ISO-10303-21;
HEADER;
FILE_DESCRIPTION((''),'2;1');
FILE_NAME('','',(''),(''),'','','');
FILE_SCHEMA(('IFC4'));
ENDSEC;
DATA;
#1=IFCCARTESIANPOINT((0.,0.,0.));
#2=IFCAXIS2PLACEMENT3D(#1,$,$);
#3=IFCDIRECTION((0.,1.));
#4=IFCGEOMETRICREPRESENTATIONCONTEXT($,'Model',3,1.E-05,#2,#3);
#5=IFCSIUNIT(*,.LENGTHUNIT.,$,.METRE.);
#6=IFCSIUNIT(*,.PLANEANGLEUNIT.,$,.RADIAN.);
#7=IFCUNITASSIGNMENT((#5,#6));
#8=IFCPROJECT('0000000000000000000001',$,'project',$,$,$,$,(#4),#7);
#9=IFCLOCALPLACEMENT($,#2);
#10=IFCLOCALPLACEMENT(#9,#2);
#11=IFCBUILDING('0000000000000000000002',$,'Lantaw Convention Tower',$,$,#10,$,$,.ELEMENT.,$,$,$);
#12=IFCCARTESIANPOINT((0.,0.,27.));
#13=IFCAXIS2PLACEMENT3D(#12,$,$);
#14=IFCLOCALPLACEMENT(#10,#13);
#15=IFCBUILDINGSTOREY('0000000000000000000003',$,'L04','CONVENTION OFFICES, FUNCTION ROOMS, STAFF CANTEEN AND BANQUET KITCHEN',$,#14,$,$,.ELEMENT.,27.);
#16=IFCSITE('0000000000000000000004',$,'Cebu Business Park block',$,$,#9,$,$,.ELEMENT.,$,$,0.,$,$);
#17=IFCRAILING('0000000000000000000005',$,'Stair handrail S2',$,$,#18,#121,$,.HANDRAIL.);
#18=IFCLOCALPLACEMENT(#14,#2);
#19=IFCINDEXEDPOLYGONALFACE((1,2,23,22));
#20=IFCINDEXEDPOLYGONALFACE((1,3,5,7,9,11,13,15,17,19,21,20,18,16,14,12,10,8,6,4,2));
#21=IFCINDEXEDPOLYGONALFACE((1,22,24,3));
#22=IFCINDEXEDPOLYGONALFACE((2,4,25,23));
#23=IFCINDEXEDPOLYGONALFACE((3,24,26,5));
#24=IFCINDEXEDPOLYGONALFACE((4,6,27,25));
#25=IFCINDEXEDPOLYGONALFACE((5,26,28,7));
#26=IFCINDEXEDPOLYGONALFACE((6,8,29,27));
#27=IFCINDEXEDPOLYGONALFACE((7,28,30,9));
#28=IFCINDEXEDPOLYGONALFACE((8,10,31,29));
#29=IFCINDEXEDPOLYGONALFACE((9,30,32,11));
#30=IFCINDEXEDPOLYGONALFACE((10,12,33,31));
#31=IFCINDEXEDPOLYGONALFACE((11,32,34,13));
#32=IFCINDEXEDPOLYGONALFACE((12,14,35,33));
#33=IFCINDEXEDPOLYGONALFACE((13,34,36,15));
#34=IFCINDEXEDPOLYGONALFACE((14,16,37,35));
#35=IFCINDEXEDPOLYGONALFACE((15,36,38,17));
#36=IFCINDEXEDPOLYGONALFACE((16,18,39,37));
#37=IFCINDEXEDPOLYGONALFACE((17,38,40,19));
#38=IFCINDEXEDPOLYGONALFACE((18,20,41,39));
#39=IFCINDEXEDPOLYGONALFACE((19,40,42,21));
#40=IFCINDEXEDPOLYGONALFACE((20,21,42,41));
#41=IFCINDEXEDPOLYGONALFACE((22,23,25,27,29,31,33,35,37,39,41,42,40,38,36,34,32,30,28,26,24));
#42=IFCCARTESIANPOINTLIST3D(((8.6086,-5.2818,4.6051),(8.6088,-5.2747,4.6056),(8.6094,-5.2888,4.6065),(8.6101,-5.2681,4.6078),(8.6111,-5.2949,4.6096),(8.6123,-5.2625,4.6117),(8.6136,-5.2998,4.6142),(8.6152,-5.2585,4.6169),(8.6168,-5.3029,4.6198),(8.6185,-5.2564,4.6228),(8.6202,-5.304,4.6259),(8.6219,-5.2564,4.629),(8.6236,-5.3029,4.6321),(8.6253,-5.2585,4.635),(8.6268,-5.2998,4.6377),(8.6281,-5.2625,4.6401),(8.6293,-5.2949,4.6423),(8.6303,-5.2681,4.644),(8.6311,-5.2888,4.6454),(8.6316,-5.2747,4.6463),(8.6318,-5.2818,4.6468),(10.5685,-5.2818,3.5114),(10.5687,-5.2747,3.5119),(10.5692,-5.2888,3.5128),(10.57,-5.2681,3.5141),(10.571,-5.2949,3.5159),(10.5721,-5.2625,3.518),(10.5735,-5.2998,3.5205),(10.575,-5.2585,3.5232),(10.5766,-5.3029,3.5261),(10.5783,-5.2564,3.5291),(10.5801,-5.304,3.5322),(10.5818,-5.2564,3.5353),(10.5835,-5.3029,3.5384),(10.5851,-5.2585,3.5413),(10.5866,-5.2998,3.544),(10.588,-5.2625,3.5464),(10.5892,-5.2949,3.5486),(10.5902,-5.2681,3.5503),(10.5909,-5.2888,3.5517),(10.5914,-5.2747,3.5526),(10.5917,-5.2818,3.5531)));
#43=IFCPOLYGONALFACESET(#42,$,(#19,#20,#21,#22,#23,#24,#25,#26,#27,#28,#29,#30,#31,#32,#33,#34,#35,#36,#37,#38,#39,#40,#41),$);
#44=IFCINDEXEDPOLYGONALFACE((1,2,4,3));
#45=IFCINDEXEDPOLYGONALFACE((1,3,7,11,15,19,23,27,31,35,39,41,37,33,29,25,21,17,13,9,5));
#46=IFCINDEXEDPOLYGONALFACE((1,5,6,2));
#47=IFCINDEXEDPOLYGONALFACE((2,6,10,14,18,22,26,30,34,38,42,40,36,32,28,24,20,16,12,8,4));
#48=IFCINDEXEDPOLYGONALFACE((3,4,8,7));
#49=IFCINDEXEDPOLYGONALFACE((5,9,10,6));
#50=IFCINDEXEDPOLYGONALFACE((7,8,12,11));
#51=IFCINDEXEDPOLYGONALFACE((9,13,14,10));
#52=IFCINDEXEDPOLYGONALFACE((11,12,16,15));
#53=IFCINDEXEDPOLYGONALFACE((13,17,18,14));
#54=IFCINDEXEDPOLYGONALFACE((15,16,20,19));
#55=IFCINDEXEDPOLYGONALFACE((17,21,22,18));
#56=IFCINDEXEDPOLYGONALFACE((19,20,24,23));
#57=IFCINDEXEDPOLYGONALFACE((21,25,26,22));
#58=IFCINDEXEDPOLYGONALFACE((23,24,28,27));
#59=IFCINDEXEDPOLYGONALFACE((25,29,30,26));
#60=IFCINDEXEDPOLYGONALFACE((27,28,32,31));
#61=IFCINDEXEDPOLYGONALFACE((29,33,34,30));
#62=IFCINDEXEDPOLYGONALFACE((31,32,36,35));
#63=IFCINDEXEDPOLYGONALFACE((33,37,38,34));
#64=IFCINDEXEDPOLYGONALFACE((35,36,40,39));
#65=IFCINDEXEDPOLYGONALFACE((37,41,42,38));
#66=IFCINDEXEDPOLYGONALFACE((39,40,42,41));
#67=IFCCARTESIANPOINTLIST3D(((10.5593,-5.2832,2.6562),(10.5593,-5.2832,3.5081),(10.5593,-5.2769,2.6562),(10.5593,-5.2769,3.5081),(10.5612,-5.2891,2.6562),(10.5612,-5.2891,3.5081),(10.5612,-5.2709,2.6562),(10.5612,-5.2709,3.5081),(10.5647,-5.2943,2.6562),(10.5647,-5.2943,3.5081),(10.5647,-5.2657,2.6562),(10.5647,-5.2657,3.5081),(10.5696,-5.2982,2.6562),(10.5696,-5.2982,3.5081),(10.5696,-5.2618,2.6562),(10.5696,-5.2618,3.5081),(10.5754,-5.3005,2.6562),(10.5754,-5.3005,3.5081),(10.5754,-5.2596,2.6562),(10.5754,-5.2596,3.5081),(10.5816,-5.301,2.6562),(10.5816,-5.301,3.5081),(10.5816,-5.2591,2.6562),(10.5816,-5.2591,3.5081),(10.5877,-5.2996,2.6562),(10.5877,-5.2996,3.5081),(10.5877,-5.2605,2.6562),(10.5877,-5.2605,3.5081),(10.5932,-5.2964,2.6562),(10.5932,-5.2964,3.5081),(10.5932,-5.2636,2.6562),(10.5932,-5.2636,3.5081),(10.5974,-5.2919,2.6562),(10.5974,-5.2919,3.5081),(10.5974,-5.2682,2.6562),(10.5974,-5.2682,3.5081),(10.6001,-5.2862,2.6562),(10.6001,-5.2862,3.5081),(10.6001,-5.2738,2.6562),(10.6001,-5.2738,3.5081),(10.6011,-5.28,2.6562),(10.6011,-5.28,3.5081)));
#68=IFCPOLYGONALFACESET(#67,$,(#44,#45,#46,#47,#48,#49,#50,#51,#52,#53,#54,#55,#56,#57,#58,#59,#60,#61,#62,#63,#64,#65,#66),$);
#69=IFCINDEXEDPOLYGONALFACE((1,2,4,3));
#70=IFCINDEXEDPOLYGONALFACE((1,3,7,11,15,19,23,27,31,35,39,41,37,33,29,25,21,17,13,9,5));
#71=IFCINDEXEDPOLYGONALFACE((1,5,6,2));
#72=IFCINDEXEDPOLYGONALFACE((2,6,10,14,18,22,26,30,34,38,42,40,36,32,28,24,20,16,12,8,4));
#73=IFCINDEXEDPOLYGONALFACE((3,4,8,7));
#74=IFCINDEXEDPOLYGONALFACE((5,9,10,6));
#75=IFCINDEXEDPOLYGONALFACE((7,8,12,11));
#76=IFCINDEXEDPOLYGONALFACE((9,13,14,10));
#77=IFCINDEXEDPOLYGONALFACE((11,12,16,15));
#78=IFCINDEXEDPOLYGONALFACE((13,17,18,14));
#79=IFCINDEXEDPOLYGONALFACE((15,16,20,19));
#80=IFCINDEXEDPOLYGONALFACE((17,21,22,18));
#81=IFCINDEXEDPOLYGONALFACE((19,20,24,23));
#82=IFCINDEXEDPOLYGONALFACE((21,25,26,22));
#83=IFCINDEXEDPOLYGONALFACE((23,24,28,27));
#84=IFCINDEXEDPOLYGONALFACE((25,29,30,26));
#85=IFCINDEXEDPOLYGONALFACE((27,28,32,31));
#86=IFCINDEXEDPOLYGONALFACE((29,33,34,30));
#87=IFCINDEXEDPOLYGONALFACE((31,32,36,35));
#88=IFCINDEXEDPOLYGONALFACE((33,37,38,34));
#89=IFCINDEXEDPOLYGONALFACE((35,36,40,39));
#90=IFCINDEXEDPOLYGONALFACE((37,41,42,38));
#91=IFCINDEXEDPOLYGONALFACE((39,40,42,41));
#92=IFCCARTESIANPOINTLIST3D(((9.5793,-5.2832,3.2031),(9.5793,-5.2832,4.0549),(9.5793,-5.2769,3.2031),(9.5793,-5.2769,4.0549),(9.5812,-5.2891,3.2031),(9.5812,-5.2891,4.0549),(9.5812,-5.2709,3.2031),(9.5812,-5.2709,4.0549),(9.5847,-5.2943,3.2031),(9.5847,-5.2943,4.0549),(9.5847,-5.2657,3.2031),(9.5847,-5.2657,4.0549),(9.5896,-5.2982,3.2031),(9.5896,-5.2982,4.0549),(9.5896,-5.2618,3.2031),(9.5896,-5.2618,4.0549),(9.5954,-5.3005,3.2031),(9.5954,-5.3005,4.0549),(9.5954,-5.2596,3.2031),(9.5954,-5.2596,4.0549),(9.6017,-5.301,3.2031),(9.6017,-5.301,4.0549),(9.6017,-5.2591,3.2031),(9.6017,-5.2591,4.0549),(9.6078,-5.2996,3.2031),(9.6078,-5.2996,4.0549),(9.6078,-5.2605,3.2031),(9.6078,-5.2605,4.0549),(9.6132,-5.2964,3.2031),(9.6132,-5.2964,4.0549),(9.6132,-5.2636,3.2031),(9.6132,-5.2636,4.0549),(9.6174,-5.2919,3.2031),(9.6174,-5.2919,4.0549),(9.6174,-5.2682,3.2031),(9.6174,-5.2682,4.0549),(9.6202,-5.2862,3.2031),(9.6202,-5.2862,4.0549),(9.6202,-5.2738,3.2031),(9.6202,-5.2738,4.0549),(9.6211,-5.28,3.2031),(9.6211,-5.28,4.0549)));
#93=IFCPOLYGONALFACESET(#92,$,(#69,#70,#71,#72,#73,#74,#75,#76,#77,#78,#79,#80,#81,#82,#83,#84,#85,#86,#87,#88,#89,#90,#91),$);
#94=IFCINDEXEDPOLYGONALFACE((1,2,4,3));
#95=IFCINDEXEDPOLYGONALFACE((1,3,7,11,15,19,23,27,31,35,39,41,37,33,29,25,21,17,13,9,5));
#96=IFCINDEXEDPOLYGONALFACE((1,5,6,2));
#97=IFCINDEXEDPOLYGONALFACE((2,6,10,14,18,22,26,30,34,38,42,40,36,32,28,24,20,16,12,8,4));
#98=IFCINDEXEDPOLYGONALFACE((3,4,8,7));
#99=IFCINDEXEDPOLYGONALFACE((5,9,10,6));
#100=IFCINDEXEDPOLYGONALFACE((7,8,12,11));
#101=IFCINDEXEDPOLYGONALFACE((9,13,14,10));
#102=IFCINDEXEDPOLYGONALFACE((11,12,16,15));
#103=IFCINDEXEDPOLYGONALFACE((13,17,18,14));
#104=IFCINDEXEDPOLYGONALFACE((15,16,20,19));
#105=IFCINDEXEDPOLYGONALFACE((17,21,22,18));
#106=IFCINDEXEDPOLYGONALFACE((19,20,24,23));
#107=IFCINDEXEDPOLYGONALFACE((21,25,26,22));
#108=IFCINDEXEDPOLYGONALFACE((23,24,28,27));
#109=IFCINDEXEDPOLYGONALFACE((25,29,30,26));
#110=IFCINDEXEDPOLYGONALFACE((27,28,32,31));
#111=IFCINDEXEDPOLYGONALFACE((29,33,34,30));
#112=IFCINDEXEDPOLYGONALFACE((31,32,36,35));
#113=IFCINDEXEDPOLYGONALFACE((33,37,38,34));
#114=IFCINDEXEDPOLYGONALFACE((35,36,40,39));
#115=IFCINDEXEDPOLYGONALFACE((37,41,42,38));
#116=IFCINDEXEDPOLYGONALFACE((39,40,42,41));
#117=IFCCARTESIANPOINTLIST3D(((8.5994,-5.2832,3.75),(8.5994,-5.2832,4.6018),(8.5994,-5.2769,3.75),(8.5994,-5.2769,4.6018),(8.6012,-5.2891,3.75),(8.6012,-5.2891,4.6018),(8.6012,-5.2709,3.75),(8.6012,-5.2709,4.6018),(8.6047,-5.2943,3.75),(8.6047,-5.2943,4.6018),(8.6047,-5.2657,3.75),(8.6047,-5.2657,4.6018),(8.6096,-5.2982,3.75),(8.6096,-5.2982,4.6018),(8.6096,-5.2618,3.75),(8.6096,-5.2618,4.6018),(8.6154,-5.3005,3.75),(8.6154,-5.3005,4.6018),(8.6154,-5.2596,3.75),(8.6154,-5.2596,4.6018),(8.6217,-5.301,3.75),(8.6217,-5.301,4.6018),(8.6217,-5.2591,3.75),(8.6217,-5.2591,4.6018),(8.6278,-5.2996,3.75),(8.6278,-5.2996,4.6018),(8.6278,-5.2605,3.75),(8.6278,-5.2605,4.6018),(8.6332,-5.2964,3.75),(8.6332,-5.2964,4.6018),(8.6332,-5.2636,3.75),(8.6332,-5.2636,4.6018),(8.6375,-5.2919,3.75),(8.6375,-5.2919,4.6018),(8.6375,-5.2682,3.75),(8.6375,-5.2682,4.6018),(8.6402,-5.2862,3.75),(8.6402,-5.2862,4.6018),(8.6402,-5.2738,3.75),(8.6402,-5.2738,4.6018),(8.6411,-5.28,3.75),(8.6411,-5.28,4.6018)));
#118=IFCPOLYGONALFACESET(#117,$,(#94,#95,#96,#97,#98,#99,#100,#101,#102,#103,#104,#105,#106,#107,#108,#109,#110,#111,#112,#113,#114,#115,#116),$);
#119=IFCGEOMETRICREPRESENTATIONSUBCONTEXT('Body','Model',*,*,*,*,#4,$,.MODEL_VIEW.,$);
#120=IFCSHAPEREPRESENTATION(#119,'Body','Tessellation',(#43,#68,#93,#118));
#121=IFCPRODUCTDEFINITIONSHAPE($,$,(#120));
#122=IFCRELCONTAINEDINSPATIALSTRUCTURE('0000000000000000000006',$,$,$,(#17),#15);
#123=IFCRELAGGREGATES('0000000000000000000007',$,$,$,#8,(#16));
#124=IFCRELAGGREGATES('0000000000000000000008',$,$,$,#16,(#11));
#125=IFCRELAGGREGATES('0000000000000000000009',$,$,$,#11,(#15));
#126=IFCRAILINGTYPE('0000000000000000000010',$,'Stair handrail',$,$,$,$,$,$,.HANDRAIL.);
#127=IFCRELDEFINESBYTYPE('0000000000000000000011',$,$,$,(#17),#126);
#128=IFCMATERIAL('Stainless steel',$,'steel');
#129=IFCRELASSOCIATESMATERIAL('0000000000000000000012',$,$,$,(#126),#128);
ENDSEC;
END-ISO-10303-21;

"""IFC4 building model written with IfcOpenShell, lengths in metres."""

from ifc_helpers import new_model, si_unit, direction, frame, origin, origin_2d, place, context, subcontext, project, spatial, circle, extrude, material, type_object, element, save


model = new_model("IFC4")

# Units and contexts
model_context = context("Model", 3, precision=1e-05, world=origin(), true_north=direction((0.0, 1.0)))
body_context = subcontext(model_context, "Body", "Model", "MODEL_VIEW")
ifc_project = project(units=[si_unit("LENGTHUNIT", "METRE"), si_unit("PLANEANGLEUNIT", "RADIAN")], contexts=[model_context])

# Site, building, storey
site_placement = place(None, origin())
site = spatial("IfcSite", under=ifc_project, at=site_placement, Name="Cebu Business Park block", CompositionType="ELEMENT", RefElevation=0.0)
building_placement = place(site_placement, origin())
building = spatial("IfcBuilding", under=site, at=building_placement, Name="Lantaw Convention Tower", CompositionType="ELEMENT")
storey_placement = place(building_placement, frame((0.0, 0.0, 27.0)))
storey = spatial("IfcBuildingStorey", under=building, at=storey_placement, Name="L04", Description="CONVENTION OFFICES, FUNCTION ROOMS, STAFF CANTEEN AND BANQUET KITCHEN", CompositionType="ELEMENT", Elevation=27.0)

# Railing
ifc_material_1 = material(Name="Stainless steel", Category="steel")
railing_type = type_object("IfcRailingType", Name="Stair handrail", PredefinedType="HANDRAIL", material=ifc_material_1)
railing_1_placement = place(storey_placement, frame((10.5801, -5.28, 2.6562)))
element("IfcRailing", 1, at=railing_1_placement, inside=storey, type_object=railing_type, Name="Stair handrail S2", PredefinedType="HANDRAIL", context=body_context, shape_type="SweptSolid", body=[
    extrude(circle(Radius=0.0239, at=origin_2d()), frame((0.0, 0.0, 0.876), z_axis=(-0.873232, 0.0, 0.487304), x_axis=(0.0, -1.0, 0.0)), (0.0, 0.0, 1.0), 2.2444),
    extrude(circle(Radius=0.021, at=origin_2d()), origin(), (0.0, 0.0, 1.0), 0.8518),
    extrude(circle(Radius=0.021, at=origin_2d()), frame((-0.98, 0.0, 0.5469)), (0.0, 0.0, 1.0), 0.8518),
    extrude(circle(Radius=0.021, at=origin_2d()), frame((-1.96, 0.0, 1.0938)), (0.0, 0.0, 1.0), 0.8518),
])

save(model, "model.ifc")
